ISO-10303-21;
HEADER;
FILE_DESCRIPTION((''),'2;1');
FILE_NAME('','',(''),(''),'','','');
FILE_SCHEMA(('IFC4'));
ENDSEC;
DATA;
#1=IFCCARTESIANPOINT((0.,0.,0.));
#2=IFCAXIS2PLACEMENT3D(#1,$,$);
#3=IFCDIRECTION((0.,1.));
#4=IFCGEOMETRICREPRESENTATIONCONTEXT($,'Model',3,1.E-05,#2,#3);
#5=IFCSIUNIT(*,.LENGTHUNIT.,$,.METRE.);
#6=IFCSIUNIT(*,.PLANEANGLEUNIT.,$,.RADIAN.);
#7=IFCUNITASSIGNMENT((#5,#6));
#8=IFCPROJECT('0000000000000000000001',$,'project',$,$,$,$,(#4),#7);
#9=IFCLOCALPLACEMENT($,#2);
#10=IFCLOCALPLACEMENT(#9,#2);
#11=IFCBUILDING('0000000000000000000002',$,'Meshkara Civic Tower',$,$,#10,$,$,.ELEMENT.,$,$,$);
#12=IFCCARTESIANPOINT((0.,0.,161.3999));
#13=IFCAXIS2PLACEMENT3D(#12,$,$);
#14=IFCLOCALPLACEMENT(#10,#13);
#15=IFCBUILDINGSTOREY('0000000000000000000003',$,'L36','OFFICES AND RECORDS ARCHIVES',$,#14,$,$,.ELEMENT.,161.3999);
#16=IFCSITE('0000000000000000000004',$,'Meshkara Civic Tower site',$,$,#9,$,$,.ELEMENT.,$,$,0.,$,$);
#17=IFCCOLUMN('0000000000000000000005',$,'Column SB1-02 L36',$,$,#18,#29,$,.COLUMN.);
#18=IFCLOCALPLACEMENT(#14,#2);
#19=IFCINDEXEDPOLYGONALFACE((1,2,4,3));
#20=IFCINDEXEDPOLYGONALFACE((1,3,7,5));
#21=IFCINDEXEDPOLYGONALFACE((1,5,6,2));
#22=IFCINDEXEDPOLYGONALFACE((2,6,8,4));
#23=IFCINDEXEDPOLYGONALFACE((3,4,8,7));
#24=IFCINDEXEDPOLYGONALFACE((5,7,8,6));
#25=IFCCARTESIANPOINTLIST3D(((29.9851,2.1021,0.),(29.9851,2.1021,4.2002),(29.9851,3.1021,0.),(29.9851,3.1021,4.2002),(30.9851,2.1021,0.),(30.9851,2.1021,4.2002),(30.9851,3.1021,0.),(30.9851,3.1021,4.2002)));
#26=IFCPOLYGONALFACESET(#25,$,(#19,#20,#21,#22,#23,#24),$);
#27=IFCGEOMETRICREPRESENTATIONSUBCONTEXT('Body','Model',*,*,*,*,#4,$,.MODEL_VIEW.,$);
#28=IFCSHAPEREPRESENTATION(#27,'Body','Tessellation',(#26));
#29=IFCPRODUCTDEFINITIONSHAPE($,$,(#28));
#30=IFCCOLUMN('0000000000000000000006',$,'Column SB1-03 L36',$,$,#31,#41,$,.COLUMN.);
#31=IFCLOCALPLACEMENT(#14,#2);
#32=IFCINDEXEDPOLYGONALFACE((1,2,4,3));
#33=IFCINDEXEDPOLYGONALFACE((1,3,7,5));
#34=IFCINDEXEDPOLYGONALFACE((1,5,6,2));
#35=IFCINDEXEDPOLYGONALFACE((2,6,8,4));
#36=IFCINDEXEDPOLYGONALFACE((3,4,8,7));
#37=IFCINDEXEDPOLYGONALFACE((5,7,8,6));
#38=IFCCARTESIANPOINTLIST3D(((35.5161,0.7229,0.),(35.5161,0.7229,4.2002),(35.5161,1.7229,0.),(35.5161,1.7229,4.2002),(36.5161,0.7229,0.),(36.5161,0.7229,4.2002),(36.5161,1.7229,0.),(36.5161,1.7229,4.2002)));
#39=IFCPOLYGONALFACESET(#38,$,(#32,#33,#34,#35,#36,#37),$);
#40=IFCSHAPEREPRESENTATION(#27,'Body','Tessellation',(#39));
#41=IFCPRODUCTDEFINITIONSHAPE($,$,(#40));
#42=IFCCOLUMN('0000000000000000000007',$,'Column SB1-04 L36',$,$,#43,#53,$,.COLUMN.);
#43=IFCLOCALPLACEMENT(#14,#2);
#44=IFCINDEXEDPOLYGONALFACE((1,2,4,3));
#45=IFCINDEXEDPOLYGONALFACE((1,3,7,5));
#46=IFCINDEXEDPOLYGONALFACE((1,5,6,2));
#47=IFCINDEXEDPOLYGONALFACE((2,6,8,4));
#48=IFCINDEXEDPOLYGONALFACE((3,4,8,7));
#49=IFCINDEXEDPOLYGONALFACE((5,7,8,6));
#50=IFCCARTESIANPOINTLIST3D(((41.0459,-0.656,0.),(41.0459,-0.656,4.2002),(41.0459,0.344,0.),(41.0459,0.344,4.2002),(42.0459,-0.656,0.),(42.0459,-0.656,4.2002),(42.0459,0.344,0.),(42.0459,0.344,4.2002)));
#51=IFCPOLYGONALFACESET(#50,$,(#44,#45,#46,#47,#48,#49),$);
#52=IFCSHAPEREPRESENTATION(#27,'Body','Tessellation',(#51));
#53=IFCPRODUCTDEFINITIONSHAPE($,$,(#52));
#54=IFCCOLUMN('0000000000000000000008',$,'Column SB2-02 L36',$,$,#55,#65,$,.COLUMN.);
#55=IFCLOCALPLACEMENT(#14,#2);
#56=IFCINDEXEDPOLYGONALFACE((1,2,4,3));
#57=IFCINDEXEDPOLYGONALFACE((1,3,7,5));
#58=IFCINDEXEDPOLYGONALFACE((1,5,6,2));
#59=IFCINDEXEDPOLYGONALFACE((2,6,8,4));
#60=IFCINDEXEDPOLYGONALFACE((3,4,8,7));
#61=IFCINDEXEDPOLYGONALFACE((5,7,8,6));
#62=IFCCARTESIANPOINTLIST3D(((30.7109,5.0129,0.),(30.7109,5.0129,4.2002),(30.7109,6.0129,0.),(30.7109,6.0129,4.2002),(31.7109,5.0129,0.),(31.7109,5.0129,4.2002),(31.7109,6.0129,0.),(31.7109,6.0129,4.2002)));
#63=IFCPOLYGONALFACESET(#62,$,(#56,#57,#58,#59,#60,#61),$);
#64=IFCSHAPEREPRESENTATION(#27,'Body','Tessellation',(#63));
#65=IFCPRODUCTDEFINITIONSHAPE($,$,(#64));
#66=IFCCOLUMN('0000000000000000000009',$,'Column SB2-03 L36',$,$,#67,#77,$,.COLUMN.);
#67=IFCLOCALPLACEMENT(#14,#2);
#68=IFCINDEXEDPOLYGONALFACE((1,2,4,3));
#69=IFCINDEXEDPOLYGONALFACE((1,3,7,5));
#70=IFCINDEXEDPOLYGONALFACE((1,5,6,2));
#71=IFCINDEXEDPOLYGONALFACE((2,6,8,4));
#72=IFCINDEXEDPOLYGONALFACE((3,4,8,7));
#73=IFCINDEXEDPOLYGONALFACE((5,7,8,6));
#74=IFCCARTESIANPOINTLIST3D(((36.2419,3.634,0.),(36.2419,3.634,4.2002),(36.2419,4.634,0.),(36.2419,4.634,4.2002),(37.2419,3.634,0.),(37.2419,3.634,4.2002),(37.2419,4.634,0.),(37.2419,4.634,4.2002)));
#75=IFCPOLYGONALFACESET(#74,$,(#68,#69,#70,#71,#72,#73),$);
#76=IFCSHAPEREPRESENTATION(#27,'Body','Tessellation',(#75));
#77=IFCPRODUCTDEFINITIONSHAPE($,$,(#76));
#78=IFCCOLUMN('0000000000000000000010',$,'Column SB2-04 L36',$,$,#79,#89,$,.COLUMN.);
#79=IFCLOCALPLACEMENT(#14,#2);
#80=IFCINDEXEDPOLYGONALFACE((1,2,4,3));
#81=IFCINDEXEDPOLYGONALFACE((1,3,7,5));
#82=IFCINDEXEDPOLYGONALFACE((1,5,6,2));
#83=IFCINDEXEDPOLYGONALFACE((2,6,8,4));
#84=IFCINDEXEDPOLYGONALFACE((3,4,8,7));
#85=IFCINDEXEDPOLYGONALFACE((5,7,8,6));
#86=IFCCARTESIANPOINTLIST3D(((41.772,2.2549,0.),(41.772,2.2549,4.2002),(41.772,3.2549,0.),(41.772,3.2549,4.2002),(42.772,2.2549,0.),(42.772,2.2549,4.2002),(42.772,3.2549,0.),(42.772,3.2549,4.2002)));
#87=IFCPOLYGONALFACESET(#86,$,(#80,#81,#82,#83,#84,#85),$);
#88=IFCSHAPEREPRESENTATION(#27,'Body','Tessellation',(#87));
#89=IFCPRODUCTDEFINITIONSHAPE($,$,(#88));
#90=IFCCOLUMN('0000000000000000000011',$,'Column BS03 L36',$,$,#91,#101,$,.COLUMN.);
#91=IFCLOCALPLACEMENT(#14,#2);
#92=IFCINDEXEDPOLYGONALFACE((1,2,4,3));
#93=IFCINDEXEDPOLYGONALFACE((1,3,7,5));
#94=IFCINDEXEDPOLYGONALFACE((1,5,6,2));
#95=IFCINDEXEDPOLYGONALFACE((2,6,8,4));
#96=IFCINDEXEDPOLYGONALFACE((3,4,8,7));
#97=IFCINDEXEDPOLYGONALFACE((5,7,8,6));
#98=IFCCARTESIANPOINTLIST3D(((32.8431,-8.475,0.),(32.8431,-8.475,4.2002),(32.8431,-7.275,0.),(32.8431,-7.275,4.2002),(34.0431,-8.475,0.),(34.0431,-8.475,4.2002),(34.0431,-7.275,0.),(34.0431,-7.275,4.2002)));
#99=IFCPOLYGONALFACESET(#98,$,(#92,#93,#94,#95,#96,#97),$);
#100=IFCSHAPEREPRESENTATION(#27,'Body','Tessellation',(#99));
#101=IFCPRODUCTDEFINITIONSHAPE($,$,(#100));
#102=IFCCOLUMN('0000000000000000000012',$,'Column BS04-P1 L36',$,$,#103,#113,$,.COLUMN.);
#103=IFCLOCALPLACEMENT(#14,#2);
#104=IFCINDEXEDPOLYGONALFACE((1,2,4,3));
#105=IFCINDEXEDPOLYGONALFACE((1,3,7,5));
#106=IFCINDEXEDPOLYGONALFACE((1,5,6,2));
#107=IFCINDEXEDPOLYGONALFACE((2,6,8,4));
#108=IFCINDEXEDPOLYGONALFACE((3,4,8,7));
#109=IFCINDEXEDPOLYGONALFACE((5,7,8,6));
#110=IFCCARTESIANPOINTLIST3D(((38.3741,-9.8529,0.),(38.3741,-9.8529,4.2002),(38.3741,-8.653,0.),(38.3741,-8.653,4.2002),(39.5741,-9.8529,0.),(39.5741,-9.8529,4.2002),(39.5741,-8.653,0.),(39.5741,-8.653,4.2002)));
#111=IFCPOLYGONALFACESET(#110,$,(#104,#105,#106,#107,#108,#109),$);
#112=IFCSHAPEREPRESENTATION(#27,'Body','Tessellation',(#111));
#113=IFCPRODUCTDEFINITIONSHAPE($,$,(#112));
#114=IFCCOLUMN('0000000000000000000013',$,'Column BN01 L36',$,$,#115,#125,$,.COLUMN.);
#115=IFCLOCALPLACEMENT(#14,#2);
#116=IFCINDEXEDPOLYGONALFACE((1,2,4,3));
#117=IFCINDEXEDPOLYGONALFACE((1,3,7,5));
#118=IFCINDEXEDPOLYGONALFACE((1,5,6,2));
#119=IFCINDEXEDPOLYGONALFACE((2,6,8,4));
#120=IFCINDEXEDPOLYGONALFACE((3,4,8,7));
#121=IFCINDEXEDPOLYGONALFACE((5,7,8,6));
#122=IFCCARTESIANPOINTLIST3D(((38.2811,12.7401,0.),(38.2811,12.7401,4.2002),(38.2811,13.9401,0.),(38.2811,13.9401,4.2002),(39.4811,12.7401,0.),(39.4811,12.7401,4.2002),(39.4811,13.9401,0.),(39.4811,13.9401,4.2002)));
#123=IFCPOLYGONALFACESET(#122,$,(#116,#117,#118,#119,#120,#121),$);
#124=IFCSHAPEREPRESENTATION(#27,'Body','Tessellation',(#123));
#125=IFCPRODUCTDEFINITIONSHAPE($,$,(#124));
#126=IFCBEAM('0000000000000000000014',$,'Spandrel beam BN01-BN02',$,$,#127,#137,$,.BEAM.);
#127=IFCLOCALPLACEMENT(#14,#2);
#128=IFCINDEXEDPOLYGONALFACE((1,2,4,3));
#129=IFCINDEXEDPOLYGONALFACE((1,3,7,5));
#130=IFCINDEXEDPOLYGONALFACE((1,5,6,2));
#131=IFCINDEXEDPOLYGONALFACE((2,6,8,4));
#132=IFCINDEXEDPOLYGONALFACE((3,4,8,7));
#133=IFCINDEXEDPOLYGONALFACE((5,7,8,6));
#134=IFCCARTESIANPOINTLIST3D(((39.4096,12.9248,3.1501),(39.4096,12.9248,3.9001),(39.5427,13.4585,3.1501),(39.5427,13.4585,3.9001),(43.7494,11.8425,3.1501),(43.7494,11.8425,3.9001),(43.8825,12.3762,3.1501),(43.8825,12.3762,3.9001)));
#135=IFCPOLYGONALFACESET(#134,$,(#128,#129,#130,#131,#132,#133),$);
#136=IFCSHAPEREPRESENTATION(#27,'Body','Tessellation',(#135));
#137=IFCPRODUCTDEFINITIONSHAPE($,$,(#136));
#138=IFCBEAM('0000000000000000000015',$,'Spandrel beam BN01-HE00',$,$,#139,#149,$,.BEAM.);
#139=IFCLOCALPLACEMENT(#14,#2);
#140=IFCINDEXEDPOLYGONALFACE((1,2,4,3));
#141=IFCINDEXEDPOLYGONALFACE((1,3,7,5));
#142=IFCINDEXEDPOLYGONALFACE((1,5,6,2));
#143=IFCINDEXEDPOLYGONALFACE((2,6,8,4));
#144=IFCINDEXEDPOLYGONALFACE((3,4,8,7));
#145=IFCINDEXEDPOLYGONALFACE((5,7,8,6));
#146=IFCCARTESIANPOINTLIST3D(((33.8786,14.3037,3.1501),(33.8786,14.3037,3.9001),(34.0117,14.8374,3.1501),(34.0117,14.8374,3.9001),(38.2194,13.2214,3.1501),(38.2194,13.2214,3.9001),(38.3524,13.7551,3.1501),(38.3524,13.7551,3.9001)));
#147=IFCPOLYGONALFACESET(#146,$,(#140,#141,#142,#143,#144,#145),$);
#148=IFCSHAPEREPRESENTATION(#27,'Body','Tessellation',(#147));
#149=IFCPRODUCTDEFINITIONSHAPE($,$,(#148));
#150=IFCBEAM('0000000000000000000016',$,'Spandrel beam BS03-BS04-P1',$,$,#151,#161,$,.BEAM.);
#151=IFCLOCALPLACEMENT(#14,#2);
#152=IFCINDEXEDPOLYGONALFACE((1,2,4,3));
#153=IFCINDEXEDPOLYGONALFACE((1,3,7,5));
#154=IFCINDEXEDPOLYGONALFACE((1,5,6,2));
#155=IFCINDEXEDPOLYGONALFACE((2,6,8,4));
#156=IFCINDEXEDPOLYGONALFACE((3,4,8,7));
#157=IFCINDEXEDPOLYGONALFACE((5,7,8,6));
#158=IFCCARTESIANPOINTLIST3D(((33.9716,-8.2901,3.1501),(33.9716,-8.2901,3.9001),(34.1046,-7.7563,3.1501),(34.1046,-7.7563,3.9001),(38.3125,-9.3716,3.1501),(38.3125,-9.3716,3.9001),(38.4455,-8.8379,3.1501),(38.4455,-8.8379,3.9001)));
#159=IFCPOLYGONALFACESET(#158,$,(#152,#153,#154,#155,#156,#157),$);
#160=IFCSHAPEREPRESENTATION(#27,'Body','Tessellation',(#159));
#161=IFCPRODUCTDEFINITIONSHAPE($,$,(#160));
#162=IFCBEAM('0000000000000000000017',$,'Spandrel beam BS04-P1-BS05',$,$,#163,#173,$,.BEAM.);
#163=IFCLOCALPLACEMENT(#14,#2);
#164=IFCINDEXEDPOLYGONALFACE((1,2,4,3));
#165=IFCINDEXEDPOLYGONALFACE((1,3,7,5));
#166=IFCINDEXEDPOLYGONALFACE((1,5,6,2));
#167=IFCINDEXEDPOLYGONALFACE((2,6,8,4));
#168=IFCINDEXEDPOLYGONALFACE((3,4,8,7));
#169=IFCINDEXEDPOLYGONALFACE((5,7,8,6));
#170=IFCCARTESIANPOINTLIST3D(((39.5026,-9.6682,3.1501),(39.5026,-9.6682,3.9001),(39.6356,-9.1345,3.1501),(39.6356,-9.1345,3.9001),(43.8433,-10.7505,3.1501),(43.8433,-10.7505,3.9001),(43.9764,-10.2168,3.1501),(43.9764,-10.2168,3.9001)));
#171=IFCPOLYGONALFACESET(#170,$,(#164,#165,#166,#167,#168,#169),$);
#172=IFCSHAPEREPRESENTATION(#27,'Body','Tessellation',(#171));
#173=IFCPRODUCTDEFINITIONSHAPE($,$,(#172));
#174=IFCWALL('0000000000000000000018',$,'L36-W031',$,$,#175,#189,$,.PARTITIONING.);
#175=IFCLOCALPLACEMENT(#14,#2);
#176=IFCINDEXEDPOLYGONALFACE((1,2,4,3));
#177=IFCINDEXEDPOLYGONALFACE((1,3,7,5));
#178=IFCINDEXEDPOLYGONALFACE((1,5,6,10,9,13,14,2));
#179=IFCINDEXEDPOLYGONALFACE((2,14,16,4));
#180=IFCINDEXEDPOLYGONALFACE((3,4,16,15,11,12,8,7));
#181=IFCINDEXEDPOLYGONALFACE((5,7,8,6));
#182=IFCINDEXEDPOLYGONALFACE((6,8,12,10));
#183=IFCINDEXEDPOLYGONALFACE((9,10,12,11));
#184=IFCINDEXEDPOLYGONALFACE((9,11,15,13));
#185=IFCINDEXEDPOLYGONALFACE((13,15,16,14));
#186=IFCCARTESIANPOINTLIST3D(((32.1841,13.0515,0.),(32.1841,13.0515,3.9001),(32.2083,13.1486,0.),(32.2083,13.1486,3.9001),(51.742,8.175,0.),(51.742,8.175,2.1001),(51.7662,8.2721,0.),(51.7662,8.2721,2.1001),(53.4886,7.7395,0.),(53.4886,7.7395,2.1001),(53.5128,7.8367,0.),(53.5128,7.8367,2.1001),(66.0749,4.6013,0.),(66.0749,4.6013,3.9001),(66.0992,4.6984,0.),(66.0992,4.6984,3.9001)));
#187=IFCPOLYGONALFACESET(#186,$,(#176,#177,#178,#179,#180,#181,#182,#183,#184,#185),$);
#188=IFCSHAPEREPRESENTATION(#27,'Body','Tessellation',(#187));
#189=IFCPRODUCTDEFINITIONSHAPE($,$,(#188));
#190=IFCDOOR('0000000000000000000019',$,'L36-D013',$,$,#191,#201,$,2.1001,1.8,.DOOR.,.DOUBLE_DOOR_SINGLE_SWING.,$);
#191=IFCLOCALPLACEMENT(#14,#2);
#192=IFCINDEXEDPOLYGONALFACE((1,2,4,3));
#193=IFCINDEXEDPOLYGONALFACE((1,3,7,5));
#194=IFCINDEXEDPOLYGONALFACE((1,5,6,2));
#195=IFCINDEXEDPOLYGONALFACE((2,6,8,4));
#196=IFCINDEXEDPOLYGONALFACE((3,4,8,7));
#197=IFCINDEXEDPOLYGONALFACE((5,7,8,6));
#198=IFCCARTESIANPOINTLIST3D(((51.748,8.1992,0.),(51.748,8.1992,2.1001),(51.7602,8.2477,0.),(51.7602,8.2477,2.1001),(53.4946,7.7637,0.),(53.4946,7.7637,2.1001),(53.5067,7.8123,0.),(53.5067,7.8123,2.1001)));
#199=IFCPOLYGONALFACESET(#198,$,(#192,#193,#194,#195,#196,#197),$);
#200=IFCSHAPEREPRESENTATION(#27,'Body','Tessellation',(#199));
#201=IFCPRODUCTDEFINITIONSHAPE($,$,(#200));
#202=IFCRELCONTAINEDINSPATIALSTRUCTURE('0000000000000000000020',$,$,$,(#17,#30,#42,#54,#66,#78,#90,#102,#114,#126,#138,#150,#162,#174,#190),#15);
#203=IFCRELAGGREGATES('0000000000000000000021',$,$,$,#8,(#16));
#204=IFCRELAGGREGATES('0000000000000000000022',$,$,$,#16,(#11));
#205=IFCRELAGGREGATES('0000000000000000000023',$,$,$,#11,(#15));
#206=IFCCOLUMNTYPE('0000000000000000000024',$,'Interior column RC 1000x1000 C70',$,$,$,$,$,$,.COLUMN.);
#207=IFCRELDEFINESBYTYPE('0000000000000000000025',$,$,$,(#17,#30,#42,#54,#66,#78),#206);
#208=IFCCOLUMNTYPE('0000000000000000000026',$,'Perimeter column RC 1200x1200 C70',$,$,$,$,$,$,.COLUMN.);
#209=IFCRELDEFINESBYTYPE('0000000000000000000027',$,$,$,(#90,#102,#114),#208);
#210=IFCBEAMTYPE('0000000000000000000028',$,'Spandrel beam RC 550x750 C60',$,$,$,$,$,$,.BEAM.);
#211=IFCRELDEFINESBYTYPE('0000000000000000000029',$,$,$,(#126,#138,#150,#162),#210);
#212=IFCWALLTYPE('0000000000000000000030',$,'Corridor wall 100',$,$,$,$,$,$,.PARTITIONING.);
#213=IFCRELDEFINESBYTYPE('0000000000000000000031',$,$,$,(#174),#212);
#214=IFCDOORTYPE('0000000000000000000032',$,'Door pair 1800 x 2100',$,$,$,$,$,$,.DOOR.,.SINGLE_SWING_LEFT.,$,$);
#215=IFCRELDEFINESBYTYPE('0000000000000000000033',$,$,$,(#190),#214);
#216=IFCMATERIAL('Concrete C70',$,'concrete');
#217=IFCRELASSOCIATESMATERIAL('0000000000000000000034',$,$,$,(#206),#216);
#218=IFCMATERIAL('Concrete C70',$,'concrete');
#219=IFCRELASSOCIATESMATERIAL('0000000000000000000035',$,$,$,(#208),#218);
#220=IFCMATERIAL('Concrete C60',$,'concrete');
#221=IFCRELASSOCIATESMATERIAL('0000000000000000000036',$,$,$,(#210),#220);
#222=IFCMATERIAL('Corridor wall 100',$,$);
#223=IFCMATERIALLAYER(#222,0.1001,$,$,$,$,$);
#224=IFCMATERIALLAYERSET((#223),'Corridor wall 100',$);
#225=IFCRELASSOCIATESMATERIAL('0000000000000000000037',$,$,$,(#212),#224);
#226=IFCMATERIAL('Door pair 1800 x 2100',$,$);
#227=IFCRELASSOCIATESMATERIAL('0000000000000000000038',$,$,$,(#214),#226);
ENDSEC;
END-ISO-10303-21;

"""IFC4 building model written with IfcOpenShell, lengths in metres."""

from ifc_helpers import new_model, si_unit, direction, frame, frame_2d, origin, origin_2d, place, context, subcontext, project, spatial, rectangle, extrude, material, layer, layer_set, material_profile, profile_set, type_object, element, fill, save


model = new_model("IFC4")

# Units and contexts
model_context = context("Model", 3, precision=1e-05, world=origin(), true_north=direction((0.0, 1.0)))
body_context = subcontext(model_context, "Body", "Model", "MODEL_VIEW")
ifc_project = project(units=[si_unit("LENGTHUNIT", "METRE"), si_unit("PLANEANGLEUNIT", "RADIAN")], contexts=[model_context])

# Site, building, storey
site_placement = place(None, origin())
site = spatial("IfcSite", under=ifc_project, at=site_placement, Name="Meshkara Civic Tower site", CompositionType="ELEMENT", RefElevation=0.0)
building_placement = place(site_placement, origin())
building = spatial("IfcBuilding", under=site, at=building_placement, Name="Meshkara Civic Tower", CompositionType="ELEMENT")
storey_placement = place(building_placement, frame((0.0, 0.0, 161.3999)))
storey = spatial("IfcBuildingStorey", under=building, at=storey_placement, Name="L36", Description="OFFICES AND RECORDS ARCHIVES", CompositionType="ELEMENT", Elevation=161.3999)

# Columns
ifc_material_1 = material(Name="Concrete C70", Category="concrete")
ifc_material_profile_1 = material_profile(ifc_material_1, rectangle(XDim=1.0, YDim=1.0, at=origin_2d()))
ifc_profile_set_1 = profile_set([ifc_material_profile_1], Name="Concrete C70")
column_type_1 = type_object("IfcColumnType", Name="Interior column RC 1000x1000 C70", PredefinedType="COLUMN", material=ifc_profile_set_1)
for number, where, z_axis, x_axis, name in (
    (1, (30.4851, 2.6021, 0.0), (0.0, 0.0, 1.0), (1.0, 0.0, 0.0), "Column SB1-02 L36"),
    (2, (36.0161, 1.2229, 0.0), (0.0, 0.0, 1.0), (1.0, 0.0, 0.0), "Column SB1-03 L36"),
    (3, (41.5459, -0.156, 0.0), (0.0, 0.0, 1.0), (1.0, 0.0, 0.0), "Column SB1-04 L36"),
    (4, (31.2109, 5.5129, 0.0), (0.0, 0.0, 1.0), (1.0, 0.0, 0.0), "Column SB2-02 L36"),
    (5, (36.7419, 4.134, 0.0), (0.0, 0.0, 1.0), (1.0, 0.0, 0.0), "Column SB2-03 L36"),
    (6, (42.272, 2.7549, 0.0), (0.0, 0.0, 1.0), (1.0, 0.0, 0.0), "Column SB2-04 L36"),
):
    element("IfcColumn", number, at=place(storey_placement, frame(where, z_axis=z_axis, x_axis=x_axis)), inside=storey, type_object=column_type_1, Name=name, PredefinedType="COLUMN", context=body_context, shape_type="SweptSolid", body=[
        extrude(rectangle(XDim=1.0, YDim=1.0, at=origin_2d()), origin(), (0.0, 0.0, 1.0), 4.2002),
    ])
ifc_material_2 = material(Name="Concrete C70", Category="concrete")
ifc_material_profile_2 = material_profile(ifc_material_2, rectangle(XDim=1.2, YDim=1.2, at=origin_2d()))
ifc_profile_set_2 = profile_set([ifc_material_profile_2], Name="Concrete C70")
column_type_2 = type_object("IfcColumnType", Name="Perimeter column RC 1200x1200 C70", PredefinedType="COLUMN", material=ifc_profile_set_2)
for number, where, z_axis, x_axis, name in (
    (7, (33.4431, -7.875, 0.0), (0.0, 0.0, 1.0), (1.0, 0.0, 0.0), "Column BS03 L36"),
    (8, (38.9741, -9.2529, 0.0), (0.0, 0.0, 1.0), (1.0, 0.0, 0.0), "Column BS04-P1 L36"),
    (9, (38.8811, 13.3401, 0.0), (0.0, 0.0, 1.0), (1.0, 0.0, 0.0), "Column BN01 L36"),
):
    element("IfcColumn", number, at=place(storey_placement, frame(where, z_axis=z_axis, x_axis=x_axis)), inside=storey, type_object=column_type_2, Name=name, PredefinedType="COLUMN", context=body_context, shape_type="SweptSolid", body=[
        extrude(rectangle(XDim=1.2, YDim=1.2, at=origin_2d()), origin(), (0.0, 0.0, 1.0), 4.2002),
    ])

# Beams
ifc_material_3 = material(Name="Concrete C60", Category="concrete")
ifc_material_profile_3 = material_profile(ifc_material_3, rectangle(XDim=0.55, YDim=0.75, at=origin_2d()))
ifc_profile_set_3 = profile_set([ifc_material_profile_3], Name="Concrete C60")
beam_type = type_object("IfcBeamType", Name="Spandrel beam RC 550x750 C60", PredefinedType="BEAM", material=ifc_profile_set_3)
beam_placement = place(storey_placement, frame((43.8159, 12.1094, 3.5251), z_axis=(-0.970284, 0.24197, 0.0), x_axis=(-0.24197, -0.970284, 0.0)))
element("IfcBeam", 10, at=beam_placement, inside=storey, type_object=beam_type, Name="Spandrel beam BN01-BN02", PredefinedType="BEAM", context=body_context, shape_type="SweptSolid", body=[
    extrude(rectangle(XDim=0.55, YDim=0.75, at=origin_2d()), origin(), (0.0, 0.0, 1.0), 4.4727),
])
for number, where, z_axis, x_axis, name in (
    (11, (38.2859, 13.4883, 3.5251), (-0.970296, 0.241919, 0.0), (-0.241919, -0.970296, 0.0), "Spandrel beam BN01-HE00"),
    (12, (34.0381, -8.0232, 3.5251), (0.970335, -0.241765, 0.0), (0.241765, 0.970335, 0.0), "Spandrel beam BS03-BS04-P1"),
    (13, (39.5691, -9.4014, 3.5251), (0.970296, -0.241919, 0.0), (0.241919, 0.970296, 0.0), "Spandrel beam BS04-P1-BS05"),
):
    element("IfcBeam", number, at=place(storey_placement, frame(where, z_axis=z_axis, x_axis=x_axis)), inside=storey, type_object=beam_type, Name=name, PredefinedType="BEAM", context=body_context, shape_type="SweptSolid", body=[
        extrude(rectangle(XDim=0.55, YDim=0.75, at=origin_2d()), origin(), (0.0, 0.0, 1.0), 4.4736),
    ])

# Wall, opening, door
ifc_material_4 = material(Name="Corridor wall 100")
ifc_layer_1 = layer(ifc_material_4, 0.1001)
ifc_layer_set_1 = layer_set([ifc_layer_1], Name="Corridor wall 100")
wall_type_1 = type_object("IfcWallType", Name="Corridor wall 100", PredefinedType="PARTITIONING", material=ifc_layer_set_1)
wall_1_placement = place(storey_placement, frame((32.196, 13.1001, 0.0), z_axis=(0.0, 0.0, 1.0), x_axis=(0.970294, -0.241929, 0.0)))
wall_1 = element("IfcWall", 14, at=wall_1_placement, inside=storey, type_object=wall_type_1, Name="L36-W031", PredefinedType="PARTITIONING", context=body_context, shape_type="SweptSolid", body=[
    extrude(rectangle(XDim=34.9285, YDim=0.1001, at=frame_2d((17.4644, 0.0))), origin(), (0.0, 0.0, 1.0), 3.9001),
])
opening_1_placement = place(wall_1_placement, frame((20.157, 0.0, 0.0)))
opening_1 = element("IfcOpeningElement", 15, at=opening_1_placement, cuts=wall_1, PredefinedType="OPENING", context=body_context, shape_type="SweptSolid", body=[
    extrude(rectangle(XDim=1.8, YDim=2.1001, at=frame_2d((0.8999, 1.05))), frame((0.0, 0.0601, 0.0), z_axis=(0.0, -1.0, 0.0), x_axis=(1.0, 0.0, 0.0)), (0.0, 0.0, 1.0), 0.1201),
])
ifc_material_5 = material(Name="Door pair 1800 x 2100")
door_type = type_object("IfcDoorType", Name="Door pair 1800 x 2100", OperationType="SINGLE_SWING_LEFT", PredefinedType="DOOR", material=ifc_material_5)
door_placement = place(opening_1_placement, origin())
door = element("IfcDoor", 16, at=door_placement, inside=storey, type_object=door_type, Name="L36-D013", OperationType="DOUBLE_DOOR_SINGLE_SWING", OverallHeight=2.1001, OverallWidth=1.8, PredefinedType="DOOR", context=body_context, shape_type="SweptSolid", body=[
    extrude(rectangle(XDim=1.8, YDim=2.1001, at=frame_2d((0.8999, 1.05))), frame((0.0, 0.0249, 0.0), z_axis=(0.0, -1.0, 0.0), x_axis=(1.0, 0.0, 0.0)), (0.0, 0.0, 1.0), 0.05),
])
fill(opening_1, door)

save(model, "model.ifc")
